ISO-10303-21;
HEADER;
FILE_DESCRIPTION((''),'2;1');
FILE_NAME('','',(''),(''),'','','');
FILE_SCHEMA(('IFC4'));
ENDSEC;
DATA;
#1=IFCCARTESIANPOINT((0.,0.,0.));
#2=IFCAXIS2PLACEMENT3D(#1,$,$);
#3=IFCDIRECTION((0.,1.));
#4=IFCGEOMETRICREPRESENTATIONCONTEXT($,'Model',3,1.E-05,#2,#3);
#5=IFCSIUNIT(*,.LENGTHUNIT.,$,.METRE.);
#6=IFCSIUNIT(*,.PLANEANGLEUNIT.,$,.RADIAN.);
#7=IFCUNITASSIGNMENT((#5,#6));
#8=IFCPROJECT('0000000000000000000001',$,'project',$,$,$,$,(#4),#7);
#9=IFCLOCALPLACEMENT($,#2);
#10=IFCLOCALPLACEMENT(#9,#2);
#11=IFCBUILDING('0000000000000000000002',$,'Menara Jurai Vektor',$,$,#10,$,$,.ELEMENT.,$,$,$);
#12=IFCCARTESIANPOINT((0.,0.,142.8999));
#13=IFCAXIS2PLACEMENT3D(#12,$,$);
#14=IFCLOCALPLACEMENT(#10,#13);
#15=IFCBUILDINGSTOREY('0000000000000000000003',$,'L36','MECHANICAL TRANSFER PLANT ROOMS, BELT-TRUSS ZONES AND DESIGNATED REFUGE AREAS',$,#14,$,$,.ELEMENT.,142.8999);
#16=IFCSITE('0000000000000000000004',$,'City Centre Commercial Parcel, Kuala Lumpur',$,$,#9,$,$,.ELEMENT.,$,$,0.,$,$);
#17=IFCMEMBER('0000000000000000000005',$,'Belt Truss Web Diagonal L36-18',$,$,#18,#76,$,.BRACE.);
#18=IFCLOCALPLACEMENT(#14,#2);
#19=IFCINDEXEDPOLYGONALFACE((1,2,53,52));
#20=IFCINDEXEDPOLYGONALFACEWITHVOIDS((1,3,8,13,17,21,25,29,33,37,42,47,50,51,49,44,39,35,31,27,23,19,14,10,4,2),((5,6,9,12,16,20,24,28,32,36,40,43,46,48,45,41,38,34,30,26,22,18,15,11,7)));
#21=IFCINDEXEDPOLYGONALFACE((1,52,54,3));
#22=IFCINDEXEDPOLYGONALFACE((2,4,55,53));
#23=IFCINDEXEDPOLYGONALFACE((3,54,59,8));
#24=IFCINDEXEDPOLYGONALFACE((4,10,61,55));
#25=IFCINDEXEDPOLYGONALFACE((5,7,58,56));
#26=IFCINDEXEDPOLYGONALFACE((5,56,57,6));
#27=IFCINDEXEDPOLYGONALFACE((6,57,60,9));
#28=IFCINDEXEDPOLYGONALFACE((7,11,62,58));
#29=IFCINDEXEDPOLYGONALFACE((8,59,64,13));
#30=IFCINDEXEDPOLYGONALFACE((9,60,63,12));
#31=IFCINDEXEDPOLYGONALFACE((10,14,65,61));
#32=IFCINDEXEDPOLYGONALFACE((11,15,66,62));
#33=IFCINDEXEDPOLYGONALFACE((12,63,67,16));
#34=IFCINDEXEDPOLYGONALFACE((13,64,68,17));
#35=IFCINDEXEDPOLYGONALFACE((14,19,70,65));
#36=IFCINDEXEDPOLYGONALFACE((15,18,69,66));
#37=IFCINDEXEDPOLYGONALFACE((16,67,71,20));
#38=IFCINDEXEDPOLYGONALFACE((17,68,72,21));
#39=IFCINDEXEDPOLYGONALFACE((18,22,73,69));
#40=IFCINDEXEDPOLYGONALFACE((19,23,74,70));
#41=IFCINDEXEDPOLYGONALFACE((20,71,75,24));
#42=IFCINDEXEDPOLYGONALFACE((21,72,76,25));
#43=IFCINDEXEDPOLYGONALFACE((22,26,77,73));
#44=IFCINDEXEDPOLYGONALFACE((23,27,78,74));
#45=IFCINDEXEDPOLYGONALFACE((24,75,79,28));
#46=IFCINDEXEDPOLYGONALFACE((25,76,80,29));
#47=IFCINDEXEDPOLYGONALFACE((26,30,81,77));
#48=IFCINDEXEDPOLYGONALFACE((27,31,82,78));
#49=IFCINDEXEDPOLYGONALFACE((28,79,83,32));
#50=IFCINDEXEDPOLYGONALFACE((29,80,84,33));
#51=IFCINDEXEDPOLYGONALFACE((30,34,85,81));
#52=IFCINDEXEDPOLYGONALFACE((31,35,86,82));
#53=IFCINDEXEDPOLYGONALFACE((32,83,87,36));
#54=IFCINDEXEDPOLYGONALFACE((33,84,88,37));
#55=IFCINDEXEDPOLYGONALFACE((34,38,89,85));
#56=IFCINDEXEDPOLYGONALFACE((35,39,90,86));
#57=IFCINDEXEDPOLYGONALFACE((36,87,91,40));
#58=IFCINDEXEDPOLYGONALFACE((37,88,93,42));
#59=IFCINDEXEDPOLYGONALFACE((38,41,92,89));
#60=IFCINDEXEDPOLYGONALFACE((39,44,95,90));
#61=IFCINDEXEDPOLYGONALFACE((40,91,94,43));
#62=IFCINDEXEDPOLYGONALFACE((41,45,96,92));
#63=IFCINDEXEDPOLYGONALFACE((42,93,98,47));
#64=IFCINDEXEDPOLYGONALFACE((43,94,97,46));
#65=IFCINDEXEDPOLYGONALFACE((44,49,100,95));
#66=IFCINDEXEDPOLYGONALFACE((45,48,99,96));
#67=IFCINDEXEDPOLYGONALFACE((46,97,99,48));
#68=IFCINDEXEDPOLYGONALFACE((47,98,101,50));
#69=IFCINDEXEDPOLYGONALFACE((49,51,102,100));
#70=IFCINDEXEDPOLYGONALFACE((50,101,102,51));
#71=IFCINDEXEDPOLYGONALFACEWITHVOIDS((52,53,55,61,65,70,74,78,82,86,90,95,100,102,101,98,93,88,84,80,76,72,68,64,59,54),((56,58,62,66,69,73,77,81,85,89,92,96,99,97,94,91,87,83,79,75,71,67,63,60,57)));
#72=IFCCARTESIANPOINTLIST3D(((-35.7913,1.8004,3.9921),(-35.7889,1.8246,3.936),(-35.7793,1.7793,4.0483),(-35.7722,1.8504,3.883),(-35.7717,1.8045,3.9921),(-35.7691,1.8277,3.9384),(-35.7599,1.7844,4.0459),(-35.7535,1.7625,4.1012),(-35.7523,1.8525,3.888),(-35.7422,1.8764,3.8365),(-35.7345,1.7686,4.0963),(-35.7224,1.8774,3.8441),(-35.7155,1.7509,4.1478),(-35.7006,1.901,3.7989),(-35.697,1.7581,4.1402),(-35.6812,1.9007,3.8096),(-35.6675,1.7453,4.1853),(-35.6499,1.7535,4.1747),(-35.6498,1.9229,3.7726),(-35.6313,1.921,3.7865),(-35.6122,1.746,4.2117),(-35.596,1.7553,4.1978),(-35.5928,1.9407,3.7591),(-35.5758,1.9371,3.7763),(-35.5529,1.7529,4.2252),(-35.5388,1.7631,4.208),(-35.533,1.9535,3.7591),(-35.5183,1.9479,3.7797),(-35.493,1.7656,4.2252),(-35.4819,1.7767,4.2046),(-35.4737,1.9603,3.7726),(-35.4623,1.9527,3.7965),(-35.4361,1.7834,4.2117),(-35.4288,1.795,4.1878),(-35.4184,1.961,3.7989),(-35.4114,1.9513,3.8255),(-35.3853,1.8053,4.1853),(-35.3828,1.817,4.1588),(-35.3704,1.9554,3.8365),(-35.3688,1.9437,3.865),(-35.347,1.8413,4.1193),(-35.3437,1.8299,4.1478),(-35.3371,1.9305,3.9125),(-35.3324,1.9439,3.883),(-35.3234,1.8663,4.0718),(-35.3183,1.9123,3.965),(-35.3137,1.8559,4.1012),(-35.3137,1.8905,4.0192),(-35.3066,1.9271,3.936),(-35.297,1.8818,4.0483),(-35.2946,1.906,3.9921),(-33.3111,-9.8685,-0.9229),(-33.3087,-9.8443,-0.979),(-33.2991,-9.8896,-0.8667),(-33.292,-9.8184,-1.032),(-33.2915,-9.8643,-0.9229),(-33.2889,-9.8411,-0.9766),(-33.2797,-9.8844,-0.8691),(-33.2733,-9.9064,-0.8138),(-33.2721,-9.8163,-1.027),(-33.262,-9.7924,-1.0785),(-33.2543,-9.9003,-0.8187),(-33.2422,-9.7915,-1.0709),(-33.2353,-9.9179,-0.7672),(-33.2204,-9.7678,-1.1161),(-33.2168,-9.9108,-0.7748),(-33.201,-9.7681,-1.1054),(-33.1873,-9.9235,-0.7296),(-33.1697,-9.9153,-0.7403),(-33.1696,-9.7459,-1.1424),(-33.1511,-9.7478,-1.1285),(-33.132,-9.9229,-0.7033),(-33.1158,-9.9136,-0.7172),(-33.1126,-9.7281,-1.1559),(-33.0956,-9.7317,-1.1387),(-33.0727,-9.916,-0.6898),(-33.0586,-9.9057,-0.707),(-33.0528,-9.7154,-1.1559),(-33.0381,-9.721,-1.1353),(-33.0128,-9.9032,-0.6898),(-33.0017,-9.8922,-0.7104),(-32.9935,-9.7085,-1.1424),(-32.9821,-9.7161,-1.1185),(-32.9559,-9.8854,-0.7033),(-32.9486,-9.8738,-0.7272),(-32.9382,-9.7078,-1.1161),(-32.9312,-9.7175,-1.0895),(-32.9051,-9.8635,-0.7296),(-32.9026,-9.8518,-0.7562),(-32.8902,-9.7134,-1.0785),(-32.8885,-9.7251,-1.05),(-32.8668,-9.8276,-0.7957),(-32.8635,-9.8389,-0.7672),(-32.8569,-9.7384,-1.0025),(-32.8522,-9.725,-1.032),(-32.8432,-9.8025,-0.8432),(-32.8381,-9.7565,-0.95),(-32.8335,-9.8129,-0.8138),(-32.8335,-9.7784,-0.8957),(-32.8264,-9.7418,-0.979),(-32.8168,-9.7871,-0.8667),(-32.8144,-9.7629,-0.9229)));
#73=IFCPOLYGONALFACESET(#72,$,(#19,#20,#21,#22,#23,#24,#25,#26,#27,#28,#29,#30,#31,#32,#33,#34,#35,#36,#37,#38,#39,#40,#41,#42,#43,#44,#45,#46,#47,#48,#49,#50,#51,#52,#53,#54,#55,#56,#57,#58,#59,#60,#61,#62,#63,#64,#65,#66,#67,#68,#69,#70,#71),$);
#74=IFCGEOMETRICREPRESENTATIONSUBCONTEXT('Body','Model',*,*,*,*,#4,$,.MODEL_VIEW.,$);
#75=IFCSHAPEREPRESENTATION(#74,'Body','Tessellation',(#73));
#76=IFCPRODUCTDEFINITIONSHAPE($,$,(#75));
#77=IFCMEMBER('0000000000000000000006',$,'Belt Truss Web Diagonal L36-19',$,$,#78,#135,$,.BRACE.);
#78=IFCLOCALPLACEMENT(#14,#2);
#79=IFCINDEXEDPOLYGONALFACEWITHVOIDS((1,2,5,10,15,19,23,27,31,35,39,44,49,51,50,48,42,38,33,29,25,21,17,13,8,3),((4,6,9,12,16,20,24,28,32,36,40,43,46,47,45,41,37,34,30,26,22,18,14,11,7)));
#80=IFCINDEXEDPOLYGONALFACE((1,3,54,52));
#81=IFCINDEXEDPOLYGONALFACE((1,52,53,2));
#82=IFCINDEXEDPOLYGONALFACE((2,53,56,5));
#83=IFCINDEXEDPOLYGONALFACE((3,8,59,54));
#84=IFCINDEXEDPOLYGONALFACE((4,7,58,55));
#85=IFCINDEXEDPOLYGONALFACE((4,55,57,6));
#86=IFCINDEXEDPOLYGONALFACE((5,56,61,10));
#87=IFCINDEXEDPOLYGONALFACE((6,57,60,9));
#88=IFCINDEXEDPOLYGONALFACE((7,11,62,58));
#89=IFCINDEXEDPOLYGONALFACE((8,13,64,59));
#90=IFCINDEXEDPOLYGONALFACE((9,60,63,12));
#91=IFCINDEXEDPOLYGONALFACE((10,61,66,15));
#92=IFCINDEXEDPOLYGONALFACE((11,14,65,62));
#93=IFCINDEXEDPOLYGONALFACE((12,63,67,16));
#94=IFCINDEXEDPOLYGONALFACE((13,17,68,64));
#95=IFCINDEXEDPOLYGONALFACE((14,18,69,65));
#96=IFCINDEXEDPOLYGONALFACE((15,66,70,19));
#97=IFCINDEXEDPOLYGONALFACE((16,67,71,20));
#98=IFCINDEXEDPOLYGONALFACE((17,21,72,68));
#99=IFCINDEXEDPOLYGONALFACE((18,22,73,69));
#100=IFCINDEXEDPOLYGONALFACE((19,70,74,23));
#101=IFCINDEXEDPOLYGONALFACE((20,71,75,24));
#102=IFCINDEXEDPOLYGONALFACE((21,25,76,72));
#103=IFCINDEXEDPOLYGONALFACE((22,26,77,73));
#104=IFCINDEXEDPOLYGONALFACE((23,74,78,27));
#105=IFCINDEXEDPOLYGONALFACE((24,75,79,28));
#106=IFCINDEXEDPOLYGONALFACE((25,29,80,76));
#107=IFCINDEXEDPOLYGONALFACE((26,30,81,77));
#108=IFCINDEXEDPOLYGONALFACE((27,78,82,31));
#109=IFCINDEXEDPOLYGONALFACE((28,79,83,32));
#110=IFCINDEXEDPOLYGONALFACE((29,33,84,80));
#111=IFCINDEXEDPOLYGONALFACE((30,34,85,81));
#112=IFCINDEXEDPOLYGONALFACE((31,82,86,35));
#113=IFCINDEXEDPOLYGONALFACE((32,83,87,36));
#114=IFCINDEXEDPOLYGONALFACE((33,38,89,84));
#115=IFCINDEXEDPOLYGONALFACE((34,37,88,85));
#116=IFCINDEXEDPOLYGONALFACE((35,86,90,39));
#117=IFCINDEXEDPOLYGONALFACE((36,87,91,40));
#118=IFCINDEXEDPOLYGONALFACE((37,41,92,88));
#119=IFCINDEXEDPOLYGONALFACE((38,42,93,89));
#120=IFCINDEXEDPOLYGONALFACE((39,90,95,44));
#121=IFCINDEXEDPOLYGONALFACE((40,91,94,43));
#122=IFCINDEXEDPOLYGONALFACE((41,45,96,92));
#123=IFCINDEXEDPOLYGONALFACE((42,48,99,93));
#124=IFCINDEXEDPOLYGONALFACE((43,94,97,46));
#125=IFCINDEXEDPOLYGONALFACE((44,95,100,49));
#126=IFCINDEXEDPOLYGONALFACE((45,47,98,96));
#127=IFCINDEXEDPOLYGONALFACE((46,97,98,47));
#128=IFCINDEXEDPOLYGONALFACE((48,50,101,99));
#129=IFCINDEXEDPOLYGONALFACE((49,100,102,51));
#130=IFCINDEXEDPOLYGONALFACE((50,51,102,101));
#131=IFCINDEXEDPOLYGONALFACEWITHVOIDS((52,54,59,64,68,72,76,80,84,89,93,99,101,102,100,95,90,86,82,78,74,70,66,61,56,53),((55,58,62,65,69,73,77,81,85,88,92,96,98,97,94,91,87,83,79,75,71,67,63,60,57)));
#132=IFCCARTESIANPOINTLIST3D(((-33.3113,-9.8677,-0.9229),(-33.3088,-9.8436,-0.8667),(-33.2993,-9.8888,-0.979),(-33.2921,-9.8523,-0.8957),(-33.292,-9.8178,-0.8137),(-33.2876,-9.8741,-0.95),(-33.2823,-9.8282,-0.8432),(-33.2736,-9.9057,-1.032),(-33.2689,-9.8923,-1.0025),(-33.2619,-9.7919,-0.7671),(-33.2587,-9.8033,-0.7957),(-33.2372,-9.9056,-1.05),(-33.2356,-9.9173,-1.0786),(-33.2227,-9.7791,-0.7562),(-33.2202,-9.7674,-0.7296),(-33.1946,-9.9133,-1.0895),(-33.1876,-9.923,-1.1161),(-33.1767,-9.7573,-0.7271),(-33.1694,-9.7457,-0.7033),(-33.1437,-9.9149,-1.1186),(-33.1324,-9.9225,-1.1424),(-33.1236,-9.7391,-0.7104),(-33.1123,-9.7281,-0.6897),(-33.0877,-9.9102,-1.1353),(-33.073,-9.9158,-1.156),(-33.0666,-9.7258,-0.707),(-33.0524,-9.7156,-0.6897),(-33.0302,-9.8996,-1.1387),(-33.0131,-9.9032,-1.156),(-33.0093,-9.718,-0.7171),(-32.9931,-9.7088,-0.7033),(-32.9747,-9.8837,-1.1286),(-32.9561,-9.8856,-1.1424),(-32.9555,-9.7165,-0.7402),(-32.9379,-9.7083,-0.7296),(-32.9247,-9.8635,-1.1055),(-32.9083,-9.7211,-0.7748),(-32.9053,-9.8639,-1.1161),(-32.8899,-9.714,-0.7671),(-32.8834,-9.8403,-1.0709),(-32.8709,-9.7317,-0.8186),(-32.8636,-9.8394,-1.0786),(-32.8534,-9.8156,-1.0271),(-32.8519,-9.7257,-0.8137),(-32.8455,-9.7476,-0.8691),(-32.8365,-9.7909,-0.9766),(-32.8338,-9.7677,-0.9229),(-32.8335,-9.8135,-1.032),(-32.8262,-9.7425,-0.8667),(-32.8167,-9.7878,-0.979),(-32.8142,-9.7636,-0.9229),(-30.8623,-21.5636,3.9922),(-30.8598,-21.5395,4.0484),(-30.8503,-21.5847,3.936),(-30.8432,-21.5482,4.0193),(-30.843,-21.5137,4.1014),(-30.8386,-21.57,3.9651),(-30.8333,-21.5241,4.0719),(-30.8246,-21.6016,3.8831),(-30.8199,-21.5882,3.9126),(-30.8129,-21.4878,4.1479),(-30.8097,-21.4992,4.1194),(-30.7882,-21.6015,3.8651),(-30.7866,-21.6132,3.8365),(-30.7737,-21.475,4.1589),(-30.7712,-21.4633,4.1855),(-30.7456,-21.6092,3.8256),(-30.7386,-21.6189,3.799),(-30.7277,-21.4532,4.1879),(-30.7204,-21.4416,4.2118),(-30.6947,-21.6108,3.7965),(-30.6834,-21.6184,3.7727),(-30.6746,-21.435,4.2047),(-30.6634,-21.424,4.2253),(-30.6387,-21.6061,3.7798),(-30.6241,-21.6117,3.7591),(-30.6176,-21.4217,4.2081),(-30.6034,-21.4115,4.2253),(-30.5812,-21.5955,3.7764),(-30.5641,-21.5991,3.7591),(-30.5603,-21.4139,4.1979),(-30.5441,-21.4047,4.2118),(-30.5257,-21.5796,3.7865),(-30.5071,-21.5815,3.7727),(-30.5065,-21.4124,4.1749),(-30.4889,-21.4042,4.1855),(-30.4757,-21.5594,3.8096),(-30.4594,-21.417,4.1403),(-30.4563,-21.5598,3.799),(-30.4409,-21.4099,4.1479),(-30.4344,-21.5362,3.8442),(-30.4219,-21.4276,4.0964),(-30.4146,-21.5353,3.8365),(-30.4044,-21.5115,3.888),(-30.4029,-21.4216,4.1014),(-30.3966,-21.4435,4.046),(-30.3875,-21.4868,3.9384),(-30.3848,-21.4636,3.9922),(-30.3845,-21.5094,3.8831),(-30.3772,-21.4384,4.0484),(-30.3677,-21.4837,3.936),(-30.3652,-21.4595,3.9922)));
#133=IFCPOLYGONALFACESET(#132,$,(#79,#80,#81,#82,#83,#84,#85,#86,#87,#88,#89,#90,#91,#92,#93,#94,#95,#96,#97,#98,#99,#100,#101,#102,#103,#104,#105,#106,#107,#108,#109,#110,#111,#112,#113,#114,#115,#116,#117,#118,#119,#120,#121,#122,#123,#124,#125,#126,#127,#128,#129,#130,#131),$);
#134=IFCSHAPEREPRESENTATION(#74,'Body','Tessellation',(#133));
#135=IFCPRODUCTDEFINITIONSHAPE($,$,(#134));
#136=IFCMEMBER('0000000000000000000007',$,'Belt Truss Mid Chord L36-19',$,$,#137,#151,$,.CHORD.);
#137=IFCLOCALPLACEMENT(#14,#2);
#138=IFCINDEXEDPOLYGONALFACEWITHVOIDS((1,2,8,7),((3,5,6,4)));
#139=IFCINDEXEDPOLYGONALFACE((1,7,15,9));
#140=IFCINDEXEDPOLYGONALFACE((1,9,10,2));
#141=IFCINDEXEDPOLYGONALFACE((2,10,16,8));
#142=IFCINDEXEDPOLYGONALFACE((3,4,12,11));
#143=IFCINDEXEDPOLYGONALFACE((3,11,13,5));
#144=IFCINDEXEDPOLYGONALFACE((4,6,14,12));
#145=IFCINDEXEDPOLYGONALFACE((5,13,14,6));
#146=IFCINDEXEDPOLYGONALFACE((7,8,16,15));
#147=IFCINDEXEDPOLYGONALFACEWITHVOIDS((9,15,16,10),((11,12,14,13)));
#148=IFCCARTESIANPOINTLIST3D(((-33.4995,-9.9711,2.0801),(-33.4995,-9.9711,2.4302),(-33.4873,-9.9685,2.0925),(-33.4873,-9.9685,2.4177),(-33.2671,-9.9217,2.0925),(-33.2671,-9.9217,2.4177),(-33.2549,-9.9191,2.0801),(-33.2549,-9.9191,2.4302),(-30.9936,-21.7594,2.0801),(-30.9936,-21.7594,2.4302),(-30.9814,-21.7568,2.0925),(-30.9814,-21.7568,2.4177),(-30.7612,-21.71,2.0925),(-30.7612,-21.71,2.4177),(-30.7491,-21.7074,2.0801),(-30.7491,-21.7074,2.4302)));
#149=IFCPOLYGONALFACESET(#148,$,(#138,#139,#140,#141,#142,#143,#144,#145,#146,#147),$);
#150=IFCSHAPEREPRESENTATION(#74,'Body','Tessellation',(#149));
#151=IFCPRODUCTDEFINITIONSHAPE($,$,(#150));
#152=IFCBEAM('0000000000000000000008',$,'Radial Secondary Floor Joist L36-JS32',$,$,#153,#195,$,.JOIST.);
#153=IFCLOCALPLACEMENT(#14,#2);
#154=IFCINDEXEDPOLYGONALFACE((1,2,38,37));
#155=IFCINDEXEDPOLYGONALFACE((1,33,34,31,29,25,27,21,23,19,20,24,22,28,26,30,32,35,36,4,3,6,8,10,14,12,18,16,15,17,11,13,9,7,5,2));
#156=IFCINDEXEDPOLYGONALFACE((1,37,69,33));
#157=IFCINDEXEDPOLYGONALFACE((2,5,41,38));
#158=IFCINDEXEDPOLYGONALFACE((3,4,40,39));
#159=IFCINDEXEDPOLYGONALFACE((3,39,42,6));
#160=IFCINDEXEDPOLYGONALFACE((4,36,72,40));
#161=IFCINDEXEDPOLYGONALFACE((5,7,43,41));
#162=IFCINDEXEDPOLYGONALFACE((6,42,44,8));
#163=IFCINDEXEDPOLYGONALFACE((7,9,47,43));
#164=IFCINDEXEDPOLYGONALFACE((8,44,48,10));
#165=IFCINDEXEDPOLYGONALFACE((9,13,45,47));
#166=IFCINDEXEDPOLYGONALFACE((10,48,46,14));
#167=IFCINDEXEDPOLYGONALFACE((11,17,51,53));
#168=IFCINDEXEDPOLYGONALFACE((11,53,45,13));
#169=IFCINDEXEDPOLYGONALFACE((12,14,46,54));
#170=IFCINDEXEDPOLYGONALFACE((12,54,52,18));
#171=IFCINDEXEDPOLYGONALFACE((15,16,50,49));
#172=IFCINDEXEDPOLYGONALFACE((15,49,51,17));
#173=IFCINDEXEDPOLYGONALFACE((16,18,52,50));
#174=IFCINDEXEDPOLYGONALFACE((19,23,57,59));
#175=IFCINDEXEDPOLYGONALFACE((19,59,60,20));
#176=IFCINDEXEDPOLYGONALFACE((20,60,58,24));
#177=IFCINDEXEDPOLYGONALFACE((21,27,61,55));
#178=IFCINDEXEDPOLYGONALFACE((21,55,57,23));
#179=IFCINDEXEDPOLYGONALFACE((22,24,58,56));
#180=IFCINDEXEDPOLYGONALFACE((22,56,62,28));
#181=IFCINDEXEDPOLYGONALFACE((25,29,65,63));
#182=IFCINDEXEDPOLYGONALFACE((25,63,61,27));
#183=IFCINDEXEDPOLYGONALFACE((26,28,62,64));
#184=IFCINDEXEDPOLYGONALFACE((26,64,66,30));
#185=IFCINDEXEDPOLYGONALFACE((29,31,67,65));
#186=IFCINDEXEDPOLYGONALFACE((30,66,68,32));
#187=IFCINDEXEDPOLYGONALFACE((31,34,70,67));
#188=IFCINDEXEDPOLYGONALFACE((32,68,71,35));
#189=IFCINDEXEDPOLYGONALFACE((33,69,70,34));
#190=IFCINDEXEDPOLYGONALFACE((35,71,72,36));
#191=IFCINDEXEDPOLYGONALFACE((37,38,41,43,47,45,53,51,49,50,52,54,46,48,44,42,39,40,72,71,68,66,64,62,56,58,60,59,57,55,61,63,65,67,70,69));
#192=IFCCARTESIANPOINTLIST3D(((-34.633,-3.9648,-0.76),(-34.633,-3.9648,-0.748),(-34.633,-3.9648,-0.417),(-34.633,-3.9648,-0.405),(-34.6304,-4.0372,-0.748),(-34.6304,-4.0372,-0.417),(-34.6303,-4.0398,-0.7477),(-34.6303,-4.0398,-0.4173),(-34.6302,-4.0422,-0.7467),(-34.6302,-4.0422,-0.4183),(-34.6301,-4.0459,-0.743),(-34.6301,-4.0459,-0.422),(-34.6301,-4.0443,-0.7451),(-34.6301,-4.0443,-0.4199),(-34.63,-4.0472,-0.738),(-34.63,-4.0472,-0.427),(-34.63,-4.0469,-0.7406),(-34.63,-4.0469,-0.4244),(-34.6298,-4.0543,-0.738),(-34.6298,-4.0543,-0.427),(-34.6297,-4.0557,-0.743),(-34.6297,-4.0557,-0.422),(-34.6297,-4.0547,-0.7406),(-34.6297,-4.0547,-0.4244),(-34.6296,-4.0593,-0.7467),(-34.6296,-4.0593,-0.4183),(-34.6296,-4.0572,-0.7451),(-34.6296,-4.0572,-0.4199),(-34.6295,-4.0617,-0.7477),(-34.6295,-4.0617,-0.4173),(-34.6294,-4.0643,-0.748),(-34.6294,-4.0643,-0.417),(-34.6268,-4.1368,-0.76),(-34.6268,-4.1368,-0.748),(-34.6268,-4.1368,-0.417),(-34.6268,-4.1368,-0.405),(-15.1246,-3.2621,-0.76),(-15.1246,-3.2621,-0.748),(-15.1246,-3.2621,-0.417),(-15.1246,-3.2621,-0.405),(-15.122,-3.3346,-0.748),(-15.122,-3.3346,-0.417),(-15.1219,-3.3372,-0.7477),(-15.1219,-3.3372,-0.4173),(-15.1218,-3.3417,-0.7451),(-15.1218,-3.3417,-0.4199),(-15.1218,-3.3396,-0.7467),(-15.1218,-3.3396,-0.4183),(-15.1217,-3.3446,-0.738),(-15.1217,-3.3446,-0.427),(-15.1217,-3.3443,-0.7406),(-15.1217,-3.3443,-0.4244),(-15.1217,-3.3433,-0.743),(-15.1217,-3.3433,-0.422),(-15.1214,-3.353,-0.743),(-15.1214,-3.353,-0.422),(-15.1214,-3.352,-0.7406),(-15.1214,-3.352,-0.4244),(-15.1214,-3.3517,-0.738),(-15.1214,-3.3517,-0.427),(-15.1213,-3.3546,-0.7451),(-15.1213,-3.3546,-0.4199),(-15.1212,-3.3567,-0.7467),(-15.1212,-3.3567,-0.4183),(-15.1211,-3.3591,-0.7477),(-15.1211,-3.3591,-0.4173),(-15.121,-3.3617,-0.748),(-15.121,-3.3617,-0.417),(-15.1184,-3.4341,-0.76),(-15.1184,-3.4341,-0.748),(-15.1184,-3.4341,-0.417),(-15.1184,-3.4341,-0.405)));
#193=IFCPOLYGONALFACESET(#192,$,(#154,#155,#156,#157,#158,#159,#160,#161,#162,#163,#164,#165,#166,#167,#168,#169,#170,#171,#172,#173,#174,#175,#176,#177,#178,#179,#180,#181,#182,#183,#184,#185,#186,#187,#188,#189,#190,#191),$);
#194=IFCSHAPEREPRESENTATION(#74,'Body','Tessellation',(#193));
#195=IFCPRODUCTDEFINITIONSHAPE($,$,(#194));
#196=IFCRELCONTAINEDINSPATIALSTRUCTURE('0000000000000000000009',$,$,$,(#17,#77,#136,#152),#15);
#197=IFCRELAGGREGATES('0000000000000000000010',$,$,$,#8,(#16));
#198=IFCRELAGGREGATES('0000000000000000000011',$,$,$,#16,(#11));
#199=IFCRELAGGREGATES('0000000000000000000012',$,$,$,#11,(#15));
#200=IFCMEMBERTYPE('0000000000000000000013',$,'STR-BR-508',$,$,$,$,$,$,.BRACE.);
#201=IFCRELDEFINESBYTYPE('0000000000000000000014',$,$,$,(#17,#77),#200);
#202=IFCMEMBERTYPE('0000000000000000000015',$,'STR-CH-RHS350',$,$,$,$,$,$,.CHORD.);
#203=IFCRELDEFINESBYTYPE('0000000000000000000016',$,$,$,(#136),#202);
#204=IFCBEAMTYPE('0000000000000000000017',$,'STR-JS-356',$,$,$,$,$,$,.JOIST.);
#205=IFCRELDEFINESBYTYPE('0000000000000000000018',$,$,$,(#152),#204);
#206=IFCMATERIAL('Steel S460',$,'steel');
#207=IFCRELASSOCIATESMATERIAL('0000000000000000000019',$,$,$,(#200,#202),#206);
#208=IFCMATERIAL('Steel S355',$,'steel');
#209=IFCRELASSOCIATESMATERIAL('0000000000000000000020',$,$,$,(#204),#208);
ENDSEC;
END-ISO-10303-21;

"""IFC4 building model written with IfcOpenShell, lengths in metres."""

from ifc_helpers import new_model, si_unit, direction, frame, origin, origin_2d, place, context, subcontext, project, spatial, hollow_rectangle, hollow_circle, i_section, extrude, material, material_profile, profile_set, type_object, element, save


model = new_model("IFC4")

# Units and contexts
model_context = context("Model", 3, precision=1e-05, world=origin(), true_north=direction((0.0, 1.0)))
body_context = subcontext(model_context, "Body", "Model", "MODEL_VIEW")
ifc_project = project(units=[si_unit("LENGTHUNIT", "METRE"), si_unit("PLANEANGLEUNIT", "RADIAN")], contexts=[model_context])

# Site, building, storey
site_placement = place(None, origin())
site = spatial("IfcSite", under=ifc_project, at=site_placement, Name="City Centre Commercial Parcel, Kuala Lumpur", CompositionType="ELEMENT", RefElevation=0.0)
building_placement = place(site_placement, origin())
building = spatial("IfcBuilding", under=site, at=building_placement, Name="Menara Jurai Vektor", CompositionType="ELEMENT")
storey_placement = place(building_placement, frame((0.0, 0.0, 142.8999)))
storey = spatial("IfcBuildingStorey", under=building, at=storey_placement, Name="L36", Description="MECHANICAL TRANSFER PLANT ROOMS, BELT-TRUSS ZONES AND DESIGNATED REFUGE AREAS", CompositionType="ELEMENT", Elevation=142.8999)

# Shared definitions
ifc_material_1 = material(Name="Steel S460", Category="steel")

# Members
ifc_material_profile_1 = material_profile(ifc_material_1, hollow_circle(Radius=0.2539, WallThickness=0.02, at=origin_2d()), Name="CHS 508x20")
ifc_profile_set_1 = profile_set([ifc_material_profile_1], Name="Steel S460")
member_type_1 = type_object("IfcMemberType", Name="STR-BR-508", PredefinedType="BRACE", material=ifc_profile_set_1)
member_1_placement = place(storey_placement, frame((-33.0627, -9.8157, -0.9229), z_axis=(-0.192229, 0.904397, 0.380938), x_axis=(-0.978149, -0.207905, 0.0)))
element("IfcMember", 1, at=member_1_placement, inside=storey, type_object=member_type_1, Name="Belt Truss Web Diagonal L36-18", PredefinedType="BRACE", context=body_context, shape_type="SweptSolid", body=[
    extrude(hollow_circle(Radius=0.2539, WallThickness=0.02, at=origin_2d()), origin(), (0.0, 0.0, 1.0), 12.9023),
])
member_2_placement = place(storey_placement, frame((-33.0627, -9.8157, -0.9229), z_axis=(0.189538, -0.905192, 0.380398), x_axis=(0.978774, 0.204945, 0.0)))
element("IfcMember", 2, at=member_2_placement, inside=storey, type_object=member_type_1, Name="Belt Truss Web Diagonal L36-19", PredefinedType="BRACE", context=body_context, shape_type="SweptSolid", body=[
    extrude(hollow_circle(Radius=0.2539, WallThickness=0.02, at=origin_2d()), origin(), (0.0, 0.0, 1.0), 12.9209),
])
ifc_material_profile_2 = material_profile(ifc_material_1, hollow_rectangle(XDim=0.25, YDim=0.3501, WallThickness=0.0125, at=origin_2d()), Name="RHS 350x250x12.5")
ifc_profile_set_2 = profile_set([ifc_material_profile_2], Name="Steel S460")
member_type_2 = type_object("IfcMemberType", Name="STR-CH-RHS350", PredefinedType="CHORD", material=ifc_profile_set_2)
member_3_placement = place(storey_placement, frame((-33.3772, -9.9451, 2.2551), z_axis=(0.207925, -0.978145, 0.0), x_axis=(0.978145, 0.207925, 0.0)))
element("IfcMember", 3, at=member_3_placement, inside=storey, type_object=member_type_2, Name="Belt Truss Mid Chord L36-19", PredefinedType="CHORD", context=body_context, shape_type="SweptSolid", body=[
    extrude(hollow_rectangle(XDim=0.25, YDim=0.3501, WallThickness=0.0125, at=origin_2d()), origin(), (0.0, 0.0, 1.0), 12.0518),
])

# Beam
ifc_material_2 = material(Name="Steel S355", Category="steel")
ifc_material_profile_3 = material_profile(ifc_material_2, i_section(OverallWidth=0.1721, OverallDepth=0.355, WebThickness=0.0071, FlangeThickness=0.012, FilletRadius=0.01, at=origin_2d()), Name="UKB 356x171x51")
ifc_profile_set_3 = profile_set([ifc_material_profile_3], Name="Steel S355")
beam_type_1 = type_object("IfcBeamType", Name="STR-JS-356", PredefinedType="JOIST", material=ifc_profile_set_3)
beam_1_placement = place(storey_placement, frame((-34.6299, -4.0508, -0.5825), z_axis=(0.999352, 0.035994, 0.0), x_axis=(-0.035994, 0.999352, 0.0)))
element("IfcBeam", 4, at=beam_1_placement, inside=storey, type_object=beam_type_1, Name="Radial Secondary Floor Joist L36-JS32", PredefinedType="JOIST", context=body_context, shape_type="SweptSolid", body=[
    extrude(i_section(OverallWidth=0.1721, OverallDepth=0.355, WebThickness=0.0071, FlangeThickness=0.012, FilletRadius=0.01, at=origin_2d()), origin(), (0.0, 0.0, 1.0), 19.521),
])

save(model, "model.ifc")
